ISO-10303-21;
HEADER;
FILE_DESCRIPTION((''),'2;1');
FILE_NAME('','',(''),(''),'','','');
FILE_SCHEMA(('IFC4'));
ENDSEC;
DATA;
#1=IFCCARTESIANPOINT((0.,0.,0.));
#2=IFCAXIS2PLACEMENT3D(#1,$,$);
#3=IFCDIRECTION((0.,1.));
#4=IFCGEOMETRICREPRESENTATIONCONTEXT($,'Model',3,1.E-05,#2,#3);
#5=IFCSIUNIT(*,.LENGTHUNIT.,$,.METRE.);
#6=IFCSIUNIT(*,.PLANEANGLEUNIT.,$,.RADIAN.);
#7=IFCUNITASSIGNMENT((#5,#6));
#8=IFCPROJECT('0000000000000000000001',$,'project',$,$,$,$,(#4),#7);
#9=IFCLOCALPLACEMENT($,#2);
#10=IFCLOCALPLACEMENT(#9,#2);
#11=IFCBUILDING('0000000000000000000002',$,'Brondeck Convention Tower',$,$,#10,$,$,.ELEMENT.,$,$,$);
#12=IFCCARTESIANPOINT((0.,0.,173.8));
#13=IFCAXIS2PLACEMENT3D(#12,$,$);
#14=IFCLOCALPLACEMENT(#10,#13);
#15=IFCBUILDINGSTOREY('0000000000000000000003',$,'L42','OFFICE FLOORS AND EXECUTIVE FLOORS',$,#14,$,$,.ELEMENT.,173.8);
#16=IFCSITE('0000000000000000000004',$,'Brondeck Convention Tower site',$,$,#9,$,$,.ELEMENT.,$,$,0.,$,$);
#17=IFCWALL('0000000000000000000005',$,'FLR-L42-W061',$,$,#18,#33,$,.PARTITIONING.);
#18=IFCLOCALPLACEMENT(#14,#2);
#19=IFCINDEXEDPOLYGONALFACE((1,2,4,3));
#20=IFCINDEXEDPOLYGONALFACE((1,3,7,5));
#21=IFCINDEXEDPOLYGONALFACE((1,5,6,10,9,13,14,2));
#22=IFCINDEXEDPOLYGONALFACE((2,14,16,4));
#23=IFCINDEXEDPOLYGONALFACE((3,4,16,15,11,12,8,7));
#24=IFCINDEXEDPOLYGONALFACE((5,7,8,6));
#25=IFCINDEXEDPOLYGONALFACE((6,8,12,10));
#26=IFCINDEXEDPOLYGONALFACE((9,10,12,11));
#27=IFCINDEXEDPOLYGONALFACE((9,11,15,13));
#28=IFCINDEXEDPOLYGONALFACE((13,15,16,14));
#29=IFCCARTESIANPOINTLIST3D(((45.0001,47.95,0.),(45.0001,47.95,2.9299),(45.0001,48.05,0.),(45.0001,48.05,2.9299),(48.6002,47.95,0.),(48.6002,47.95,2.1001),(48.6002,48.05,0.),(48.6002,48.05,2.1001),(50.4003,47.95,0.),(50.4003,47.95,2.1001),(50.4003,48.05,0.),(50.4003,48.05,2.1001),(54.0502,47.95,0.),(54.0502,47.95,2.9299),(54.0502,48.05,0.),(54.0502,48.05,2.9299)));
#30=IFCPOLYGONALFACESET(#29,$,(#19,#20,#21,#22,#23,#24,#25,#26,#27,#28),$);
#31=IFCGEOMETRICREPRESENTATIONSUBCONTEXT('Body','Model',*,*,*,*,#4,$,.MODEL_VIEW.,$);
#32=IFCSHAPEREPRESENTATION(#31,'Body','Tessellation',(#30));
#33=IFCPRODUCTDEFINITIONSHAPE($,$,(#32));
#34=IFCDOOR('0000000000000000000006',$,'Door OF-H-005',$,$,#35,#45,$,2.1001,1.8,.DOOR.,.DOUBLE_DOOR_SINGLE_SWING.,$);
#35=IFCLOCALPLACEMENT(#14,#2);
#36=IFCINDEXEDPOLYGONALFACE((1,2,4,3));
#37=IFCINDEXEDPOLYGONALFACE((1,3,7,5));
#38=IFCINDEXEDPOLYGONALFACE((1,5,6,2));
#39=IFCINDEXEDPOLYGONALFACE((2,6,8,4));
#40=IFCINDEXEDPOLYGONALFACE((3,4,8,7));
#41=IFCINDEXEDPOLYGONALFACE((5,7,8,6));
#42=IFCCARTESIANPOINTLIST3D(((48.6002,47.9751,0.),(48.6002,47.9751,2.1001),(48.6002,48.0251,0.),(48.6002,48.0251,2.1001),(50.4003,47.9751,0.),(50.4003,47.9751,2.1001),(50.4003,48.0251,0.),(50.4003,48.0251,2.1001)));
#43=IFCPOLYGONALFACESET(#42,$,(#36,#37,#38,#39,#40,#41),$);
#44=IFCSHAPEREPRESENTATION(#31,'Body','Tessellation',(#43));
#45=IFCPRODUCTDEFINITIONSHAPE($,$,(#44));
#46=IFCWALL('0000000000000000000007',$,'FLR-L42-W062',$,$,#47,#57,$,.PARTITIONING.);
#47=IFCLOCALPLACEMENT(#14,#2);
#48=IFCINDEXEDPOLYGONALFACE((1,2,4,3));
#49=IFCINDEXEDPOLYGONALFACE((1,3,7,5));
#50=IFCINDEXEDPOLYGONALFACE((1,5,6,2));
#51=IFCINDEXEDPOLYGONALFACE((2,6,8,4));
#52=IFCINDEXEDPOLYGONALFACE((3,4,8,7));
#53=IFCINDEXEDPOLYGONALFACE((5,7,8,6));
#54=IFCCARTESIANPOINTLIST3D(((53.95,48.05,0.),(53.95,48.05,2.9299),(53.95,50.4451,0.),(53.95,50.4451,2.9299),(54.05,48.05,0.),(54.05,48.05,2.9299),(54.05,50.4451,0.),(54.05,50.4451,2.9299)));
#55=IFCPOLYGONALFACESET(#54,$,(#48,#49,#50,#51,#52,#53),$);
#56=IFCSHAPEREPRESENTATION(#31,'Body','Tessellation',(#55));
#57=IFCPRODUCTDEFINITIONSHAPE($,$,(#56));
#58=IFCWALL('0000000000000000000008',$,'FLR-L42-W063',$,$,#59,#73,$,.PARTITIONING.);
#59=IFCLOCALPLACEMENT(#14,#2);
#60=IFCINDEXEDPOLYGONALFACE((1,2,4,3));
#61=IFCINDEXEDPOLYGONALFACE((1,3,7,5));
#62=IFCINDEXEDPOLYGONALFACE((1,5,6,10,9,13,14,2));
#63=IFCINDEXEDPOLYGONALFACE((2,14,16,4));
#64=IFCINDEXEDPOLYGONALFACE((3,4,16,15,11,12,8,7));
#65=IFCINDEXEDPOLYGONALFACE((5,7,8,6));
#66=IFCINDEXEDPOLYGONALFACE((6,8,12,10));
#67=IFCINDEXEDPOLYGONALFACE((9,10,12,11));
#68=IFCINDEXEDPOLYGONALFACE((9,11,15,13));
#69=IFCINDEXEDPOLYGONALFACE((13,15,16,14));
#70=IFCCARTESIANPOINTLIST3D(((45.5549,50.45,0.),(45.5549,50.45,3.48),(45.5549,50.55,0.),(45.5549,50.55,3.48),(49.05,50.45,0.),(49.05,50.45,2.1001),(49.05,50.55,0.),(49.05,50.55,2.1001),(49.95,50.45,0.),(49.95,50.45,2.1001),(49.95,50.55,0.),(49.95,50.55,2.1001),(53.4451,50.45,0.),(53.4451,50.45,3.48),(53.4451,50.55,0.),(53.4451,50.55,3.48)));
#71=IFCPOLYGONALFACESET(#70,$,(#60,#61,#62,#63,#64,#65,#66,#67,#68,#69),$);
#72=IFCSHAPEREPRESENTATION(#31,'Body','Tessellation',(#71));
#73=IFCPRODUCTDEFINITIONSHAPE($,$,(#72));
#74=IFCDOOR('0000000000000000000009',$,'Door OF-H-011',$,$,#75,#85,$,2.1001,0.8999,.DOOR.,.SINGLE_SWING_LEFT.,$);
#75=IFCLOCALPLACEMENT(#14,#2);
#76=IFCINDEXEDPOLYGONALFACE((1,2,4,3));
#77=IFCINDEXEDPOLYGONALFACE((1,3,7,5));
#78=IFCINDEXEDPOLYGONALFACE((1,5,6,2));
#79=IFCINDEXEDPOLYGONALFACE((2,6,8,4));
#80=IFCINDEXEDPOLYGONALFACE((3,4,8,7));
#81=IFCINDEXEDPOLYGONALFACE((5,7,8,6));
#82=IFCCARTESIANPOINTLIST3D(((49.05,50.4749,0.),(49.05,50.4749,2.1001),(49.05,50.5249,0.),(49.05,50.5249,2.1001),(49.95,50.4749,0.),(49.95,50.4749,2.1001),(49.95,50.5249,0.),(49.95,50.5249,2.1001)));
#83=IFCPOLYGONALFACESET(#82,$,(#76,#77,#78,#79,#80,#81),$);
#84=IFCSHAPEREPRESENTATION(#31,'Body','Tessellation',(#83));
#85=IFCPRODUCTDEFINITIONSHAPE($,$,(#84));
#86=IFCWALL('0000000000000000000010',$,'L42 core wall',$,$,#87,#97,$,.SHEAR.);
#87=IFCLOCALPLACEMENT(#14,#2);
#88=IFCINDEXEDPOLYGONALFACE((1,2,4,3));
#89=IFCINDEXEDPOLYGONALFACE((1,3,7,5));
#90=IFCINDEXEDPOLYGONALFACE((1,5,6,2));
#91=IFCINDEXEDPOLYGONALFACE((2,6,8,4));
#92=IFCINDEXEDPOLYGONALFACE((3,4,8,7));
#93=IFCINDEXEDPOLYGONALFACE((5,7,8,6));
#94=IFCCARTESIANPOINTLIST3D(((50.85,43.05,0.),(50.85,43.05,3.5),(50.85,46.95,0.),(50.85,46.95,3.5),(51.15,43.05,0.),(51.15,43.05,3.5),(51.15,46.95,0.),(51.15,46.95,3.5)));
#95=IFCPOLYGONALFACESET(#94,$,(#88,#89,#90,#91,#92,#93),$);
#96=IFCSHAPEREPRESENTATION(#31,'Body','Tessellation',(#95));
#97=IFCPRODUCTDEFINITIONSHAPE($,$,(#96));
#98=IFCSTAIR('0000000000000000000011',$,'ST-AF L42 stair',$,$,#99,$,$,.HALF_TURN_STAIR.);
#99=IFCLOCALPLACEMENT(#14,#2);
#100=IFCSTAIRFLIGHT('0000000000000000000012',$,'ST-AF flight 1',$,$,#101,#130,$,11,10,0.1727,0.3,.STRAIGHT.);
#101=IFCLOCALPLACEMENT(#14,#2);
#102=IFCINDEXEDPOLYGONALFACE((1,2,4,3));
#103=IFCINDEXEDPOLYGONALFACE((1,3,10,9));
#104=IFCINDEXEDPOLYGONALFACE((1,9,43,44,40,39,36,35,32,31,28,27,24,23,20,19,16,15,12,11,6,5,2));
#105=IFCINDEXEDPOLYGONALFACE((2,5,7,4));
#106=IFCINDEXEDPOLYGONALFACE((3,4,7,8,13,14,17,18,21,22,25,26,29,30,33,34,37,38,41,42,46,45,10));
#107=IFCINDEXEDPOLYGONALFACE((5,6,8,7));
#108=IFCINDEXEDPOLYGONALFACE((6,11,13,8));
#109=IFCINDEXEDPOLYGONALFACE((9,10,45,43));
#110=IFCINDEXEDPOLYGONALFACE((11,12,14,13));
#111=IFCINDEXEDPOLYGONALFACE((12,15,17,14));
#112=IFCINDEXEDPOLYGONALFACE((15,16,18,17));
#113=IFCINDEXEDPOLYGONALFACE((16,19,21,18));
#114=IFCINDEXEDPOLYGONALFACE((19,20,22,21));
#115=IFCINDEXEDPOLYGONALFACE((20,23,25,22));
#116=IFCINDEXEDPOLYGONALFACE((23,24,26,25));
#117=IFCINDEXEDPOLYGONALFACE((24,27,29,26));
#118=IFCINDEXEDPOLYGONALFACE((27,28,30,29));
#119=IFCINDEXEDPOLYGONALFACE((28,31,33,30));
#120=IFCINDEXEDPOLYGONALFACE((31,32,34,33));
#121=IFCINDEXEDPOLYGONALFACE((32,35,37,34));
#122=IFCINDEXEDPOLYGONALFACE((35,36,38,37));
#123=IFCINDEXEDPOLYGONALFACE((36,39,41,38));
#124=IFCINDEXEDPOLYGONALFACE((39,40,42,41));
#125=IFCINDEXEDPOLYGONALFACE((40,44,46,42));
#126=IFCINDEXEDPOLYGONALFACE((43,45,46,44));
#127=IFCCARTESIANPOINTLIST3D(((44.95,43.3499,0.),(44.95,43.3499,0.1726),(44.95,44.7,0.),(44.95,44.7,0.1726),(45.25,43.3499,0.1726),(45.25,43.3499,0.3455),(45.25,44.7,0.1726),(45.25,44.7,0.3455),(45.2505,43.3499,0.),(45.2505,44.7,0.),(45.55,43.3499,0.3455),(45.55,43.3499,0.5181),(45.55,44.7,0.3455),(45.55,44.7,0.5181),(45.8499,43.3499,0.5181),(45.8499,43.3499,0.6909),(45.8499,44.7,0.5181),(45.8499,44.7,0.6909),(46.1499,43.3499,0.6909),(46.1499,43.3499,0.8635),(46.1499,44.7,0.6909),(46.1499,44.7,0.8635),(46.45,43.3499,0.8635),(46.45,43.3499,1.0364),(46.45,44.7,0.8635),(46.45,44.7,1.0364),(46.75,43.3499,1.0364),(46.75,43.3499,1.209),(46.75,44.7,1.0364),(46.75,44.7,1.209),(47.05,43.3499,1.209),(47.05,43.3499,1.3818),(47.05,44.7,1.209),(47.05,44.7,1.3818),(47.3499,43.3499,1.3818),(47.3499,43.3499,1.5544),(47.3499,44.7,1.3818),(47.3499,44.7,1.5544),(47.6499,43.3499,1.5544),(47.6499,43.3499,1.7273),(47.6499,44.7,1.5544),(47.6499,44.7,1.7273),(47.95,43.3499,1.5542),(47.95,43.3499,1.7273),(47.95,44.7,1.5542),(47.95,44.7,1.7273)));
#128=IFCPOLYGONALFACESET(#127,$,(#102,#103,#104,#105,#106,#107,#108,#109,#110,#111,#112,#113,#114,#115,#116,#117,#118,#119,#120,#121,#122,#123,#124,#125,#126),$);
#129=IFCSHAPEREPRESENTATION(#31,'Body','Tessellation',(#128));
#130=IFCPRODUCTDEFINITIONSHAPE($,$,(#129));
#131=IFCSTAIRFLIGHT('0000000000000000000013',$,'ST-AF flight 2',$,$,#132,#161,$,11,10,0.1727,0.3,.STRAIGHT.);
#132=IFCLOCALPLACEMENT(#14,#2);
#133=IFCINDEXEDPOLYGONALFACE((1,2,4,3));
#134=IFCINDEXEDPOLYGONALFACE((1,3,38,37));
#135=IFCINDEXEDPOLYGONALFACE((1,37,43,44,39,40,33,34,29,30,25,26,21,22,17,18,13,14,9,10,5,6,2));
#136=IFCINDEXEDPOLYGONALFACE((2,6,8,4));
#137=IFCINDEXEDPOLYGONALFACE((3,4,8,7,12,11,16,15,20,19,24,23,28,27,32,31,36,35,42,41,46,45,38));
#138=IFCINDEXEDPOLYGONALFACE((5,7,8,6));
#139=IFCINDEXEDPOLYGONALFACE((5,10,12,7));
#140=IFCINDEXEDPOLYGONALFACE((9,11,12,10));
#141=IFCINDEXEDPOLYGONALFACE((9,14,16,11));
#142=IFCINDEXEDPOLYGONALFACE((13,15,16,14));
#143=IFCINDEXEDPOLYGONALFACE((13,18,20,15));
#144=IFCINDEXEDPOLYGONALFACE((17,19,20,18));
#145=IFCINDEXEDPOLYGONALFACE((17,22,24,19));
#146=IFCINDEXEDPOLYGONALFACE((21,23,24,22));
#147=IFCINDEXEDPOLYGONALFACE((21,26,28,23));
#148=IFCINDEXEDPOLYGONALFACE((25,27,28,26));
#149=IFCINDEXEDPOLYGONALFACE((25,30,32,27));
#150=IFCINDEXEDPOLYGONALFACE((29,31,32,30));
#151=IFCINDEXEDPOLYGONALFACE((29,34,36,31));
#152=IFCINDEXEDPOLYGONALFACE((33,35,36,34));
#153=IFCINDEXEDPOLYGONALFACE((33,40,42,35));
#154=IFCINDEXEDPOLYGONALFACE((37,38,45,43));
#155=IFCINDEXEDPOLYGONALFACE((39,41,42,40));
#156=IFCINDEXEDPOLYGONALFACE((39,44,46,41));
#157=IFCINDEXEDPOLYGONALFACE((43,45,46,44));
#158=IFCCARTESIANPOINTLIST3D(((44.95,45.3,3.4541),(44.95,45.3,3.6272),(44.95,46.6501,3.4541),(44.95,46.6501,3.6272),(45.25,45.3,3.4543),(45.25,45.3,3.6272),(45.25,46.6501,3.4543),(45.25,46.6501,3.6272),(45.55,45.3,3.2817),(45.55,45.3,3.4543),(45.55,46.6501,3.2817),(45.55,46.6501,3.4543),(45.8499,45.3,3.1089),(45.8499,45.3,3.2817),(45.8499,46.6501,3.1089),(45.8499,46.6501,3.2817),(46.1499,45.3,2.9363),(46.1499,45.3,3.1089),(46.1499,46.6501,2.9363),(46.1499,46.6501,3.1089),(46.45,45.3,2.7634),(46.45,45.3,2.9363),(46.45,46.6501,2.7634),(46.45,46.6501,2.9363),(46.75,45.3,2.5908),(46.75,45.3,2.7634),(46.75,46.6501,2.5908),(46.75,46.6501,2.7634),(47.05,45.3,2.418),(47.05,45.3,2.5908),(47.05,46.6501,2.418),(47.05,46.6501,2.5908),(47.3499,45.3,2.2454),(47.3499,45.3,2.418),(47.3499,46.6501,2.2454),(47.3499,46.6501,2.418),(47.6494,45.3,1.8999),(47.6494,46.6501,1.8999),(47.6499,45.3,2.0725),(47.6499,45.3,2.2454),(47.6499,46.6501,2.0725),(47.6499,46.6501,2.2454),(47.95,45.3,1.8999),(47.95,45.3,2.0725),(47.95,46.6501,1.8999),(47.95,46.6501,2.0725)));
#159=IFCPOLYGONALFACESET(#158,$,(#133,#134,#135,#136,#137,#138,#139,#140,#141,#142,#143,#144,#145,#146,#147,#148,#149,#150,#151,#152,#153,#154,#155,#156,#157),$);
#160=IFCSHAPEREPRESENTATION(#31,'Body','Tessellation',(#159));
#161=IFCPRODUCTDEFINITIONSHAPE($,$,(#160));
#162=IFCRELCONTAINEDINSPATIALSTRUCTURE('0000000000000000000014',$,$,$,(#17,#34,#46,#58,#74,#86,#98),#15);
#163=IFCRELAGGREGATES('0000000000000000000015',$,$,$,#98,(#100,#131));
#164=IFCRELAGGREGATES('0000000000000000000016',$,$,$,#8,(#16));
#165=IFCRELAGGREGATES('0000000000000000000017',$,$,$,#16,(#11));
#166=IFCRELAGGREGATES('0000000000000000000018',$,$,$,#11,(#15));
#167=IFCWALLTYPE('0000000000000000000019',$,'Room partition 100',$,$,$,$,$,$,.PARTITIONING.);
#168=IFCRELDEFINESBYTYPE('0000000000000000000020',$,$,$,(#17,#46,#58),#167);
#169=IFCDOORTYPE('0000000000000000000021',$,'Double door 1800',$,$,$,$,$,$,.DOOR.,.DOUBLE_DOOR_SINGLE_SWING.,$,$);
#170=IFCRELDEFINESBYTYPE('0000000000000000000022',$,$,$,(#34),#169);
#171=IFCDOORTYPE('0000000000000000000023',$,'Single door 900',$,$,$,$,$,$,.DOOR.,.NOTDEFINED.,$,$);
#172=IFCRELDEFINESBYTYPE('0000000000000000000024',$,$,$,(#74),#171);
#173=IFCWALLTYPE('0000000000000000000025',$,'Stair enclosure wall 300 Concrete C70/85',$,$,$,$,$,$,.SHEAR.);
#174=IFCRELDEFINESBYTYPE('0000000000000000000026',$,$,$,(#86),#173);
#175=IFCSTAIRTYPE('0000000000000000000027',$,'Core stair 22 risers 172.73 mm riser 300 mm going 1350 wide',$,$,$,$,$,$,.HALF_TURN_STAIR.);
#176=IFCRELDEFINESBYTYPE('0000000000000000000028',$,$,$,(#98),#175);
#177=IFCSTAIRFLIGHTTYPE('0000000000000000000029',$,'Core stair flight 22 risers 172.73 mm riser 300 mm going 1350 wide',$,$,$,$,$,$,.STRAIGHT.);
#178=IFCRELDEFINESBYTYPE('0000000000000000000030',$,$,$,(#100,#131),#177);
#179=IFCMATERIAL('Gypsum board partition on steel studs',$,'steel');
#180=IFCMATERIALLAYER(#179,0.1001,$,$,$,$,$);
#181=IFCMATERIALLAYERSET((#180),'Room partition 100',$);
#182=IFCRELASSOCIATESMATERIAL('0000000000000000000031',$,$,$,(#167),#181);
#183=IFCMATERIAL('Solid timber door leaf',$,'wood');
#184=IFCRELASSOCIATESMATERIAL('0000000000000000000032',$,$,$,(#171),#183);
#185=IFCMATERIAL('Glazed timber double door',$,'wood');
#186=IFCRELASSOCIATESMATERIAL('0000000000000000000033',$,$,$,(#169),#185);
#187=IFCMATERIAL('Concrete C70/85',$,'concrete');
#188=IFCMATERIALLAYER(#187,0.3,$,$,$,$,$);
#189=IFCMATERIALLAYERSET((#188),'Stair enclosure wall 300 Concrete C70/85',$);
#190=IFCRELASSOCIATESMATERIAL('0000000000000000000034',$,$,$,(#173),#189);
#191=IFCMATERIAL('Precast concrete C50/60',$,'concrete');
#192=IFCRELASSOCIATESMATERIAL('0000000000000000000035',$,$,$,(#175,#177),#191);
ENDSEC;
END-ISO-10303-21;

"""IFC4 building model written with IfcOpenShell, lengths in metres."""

from ifc_helpers import new_model, si_unit, direction, frame, frame_2d, origin, place, context, subcontext, project, spatial, polyline, rectangle, outline, extrude, material, layer, layer_set, type_object, element, fill, aggregate, save


model = new_model("IFC4")

# Units and contexts
model_context = context("Model", 3, precision=1e-05, world=origin(), true_north=direction((0.0, 1.0)))
body_context = subcontext(model_context, "Body", "Model", "MODEL_VIEW")
ifc_project = project(units=[si_unit("LENGTHUNIT", "METRE"), si_unit("PLANEANGLEUNIT", "RADIAN")], contexts=[model_context])

# Site, building, storey
site_placement = place(None, origin())
site = spatial("IfcSite", under=ifc_project, at=site_placement, Name="Brondeck Convention Tower site", CompositionType="ELEMENT", RefElevation=0.0)
building_placement = place(site_placement, origin())
building = spatial("IfcBuilding", under=site, at=building_placement, Name="Brondeck Convention Tower", CompositionType="ELEMENT")
storey_placement = place(building_placement, frame((0.0, 0.0, 173.8)))
storey = spatial("IfcBuildingStorey", under=building, at=storey_placement, Name="L42", Description="OFFICE FLOORS AND EXECUTIVE FLOORS", CompositionType="ELEMENT", Elevation=173.8)

# Shared definitions
ifc_material_1 = material(Name="Concrete C70/85", Category="concrete")

# Shared definitions
ifc_material_2 = material(Name="Gypsum board partition on steel studs", Category="steel")
ifc_layer_1 = layer(ifc_material_2, 0.1001)
ifc_layer_set_1 = layer_set([ifc_layer_1], Name="Room partition 100")
wall_type_1 = type_object("IfcWallType", Name="Room partition 100", PredefinedType="PARTITIONING", material=ifc_layer_set_1)

# Wall, opening, door
ifc_material_3 = material(Name="Solid timber door leaf", Category="wood")
door_type_1 = type_object("IfcDoorType", Name="Single door 900", OperationType="NOTDEFINED", PredefinedType="DOOR", material=ifc_material_3)
wall_1_placement = place(storey_placement, frame((54.05, 48.0, 0.0), z_axis=(0.0, 0.0, 1.0), x_axis=(-1.0, 0.0, 0.0)))
wall_1 = element("IfcWall", 1, at=wall_1_placement, inside=storey, type_object=wall_type_1, Name="FLR-L42-W061", PredefinedType="PARTITIONING", context=body_context, shape_type="SweptSolid", body=[
    extrude(rectangle(XDim=9.05, YDim=0.1001, at=frame_2d((4.5249, 0.0))), origin(), (0.0, 0.0, 1.0), 2.9299),
])
opening_1_placement = place(wall_1_placement, frame((3.6499, 0.0, 0.0)))
opening_1 = element("IfcOpeningElement", 2, at=opening_1_placement, cuts=wall_1, PredefinedType="OPENING", context=body_context, shape_type="SweptSolid", body=[
    extrude(rectangle(XDim=1.8, YDim=2.1001, at=frame_2d((0.8999, 1.05))), frame((0.0, 0.0601, 0.0), z_axis=(0.0, -1.0, 0.0), x_axis=(1.0, 0.0, 0.0)), (0.0, 0.0, 1.0), 0.1201),
])
ifc_material_4 = material(Name="Glazed timber double door", Category="wood")
door_type_2 = type_object("IfcDoorType", Name="Double door 1800", OperationType="DOUBLE_DOOR_SINGLE_SWING", PredefinedType="DOOR", material=ifc_material_4)
door_1_placement = place(opening_1_placement, origin())
door_1 = element("IfcDoor", 3, at=door_1_placement, inside=storey, type_object=door_type_2, Name="Door OF-H-005", OperationType="DOUBLE_DOOR_SINGLE_SWING", OverallHeight=2.1001, OverallWidth=1.8, PredefinedType="DOOR", context=body_context, shape_type="SweptSolid", body=[
    extrude(rectangle(XDim=1.8, YDim=2.1001, at=frame_2d((0.8999, 1.05))), frame((0.0, 0.0249, 0.0), z_axis=(0.0, -1.0, 0.0), x_axis=(1.0, 0.0, 0.0)), (0.0, 0.0, 1.0), 0.05),
])
fill(opening_1, door_1)

# Wall
wall_2_placement = place(storey_placement, frame((54.0, 50.4451, 0.0), z_axis=(0.0, 0.0, 1.0), x_axis=(0.0, -1.0, 0.0)))
element("IfcWall", 4, at=wall_2_placement, inside=storey, type_object=wall_type_1, Name="FLR-L42-W062", PredefinedType="PARTITIONING", context=body_context, shape_type="SweptSolid", body=[
    extrude(rectangle(XDim=2.395, YDim=0.1001, at=frame_2d((1.1975, 0.0))), origin(), (0.0, 0.0, 1.0), 2.9299),
])

# Wall, opening, door
wall_3_placement = place(storey_placement, frame((45.5549, 50.5, 0.0), z_axis=(0.0, 0.0, 1.0), x_axis=(1.0, 0.0, 0.0)))
wall_3 = element("IfcWall", 5, at=wall_3_placement, inside=storey, type_object=wall_type_1, Name="FLR-L42-W063", PredefinedType="PARTITIONING", context=body_context, shape_type="SweptSolid", body=[
    extrude(rectangle(XDim=7.8901, YDim=0.1001, at=frame_2d((3.9451, 0.0))), origin(), (0.0, 0.0, 1.0), 3.48),
])
opening_2_placement = place(wall_3_placement, frame((3.4951, 0.0, 0.0)))
opening_2 = element("IfcOpeningElement", 6, at=opening_2_placement, cuts=wall_3, PredefinedType="OPENING", context=body_context, shape_type="SweptSolid", body=[
    extrude(rectangle(XDim=0.8999, YDim=2.1001, at=frame_2d((0.45, 1.05))), frame((0.0, 0.0601, 0.0), z_axis=(0.0, -1.0, 0.0), x_axis=(1.0, 0.0, 0.0)), (0.0, 0.0, 1.0), 0.1201),
])
door_2_placement = place(opening_2_placement, origin())
door_2 = element("IfcDoor", 7, at=door_2_placement, inside=storey, type_object=door_type_1, Name="Door OF-H-011", OperationType="SINGLE_SWING_LEFT", OverallHeight=2.1001, OverallWidth=0.8999, PredefinedType="DOOR", context=body_context, shape_type="SweptSolid", body=[
    extrude(rectangle(XDim=0.8999, YDim=2.1001, at=frame_2d((0.45, 1.05))), frame((0.0, 0.0249, 0.0), z_axis=(0.0, -1.0, 0.0), x_axis=(1.0, 0.0, 0.0)), (0.0, 0.0, 1.0), 0.05),
])
fill(opening_2, door_2)

# Wall
ifc_layer_2 = layer(ifc_material_1, 0.3)
ifc_layer_set_2 = layer_set([ifc_layer_2], Name="Stair enclosure wall 300 Concrete C70/85")
wall_type_2 = type_object("IfcWallType", Name="Stair enclosure wall 300 Concrete C70/85", PredefinedType="SHEAR", material=ifc_layer_set_2)
wall_4_placement = place(storey_placement, frame((51.0, 43.05, 0.0), z_axis=(0.0, 0.0, 1.0), x_axis=(0.0, 1.0, 0.0)))
element("IfcWall", 8, at=wall_4_placement, inside=storey, type_object=wall_type_2, Name="L42 core wall", PredefinedType="SHEAR", context=body_context, shape_type="SweptSolid", body=[
    extrude(rectangle(XDim=3.8999, YDim=0.3, at=frame_2d((1.95, 0.0))), origin(), (0.0, 0.0, 1.0), 3.5),
])

# Stair, stair flights
ifc_material_5 = material(Name="Precast concrete C50/60", Category="concrete")
stair_type = type_object("IfcStairType", Name="Core stair 22 risers 172.73 mm riser 300 mm going 1350 wide", PredefinedType="HALF_TURN_STAIR", material=ifc_material_5)
stair_placement = place(storey_placement, origin())
stair = element("IfcStair", 9, at=stair_placement, inside=storey, type_object=stair_type, Name="ST-AF L42 stair", PredefinedType="HALF_TURN_STAIR")
stair_flight_type = type_object("IfcStairFlightType", Name="Core stair flight 22 risers 172.73 mm riser 300 mm going 1350 wide", PredefinedType="STRAIGHT", material=ifc_material_5)
stair_flight_1_placement = place(storey_placement, frame((44.95, 44.0249, 0.0), z_axis=(0.0, 0.0, 1.0), x_axis=(1.0, 0.0, 0.0)))
stair_flight_1 = element("IfcStairFlight", 10, at=stair_flight_1_placement, type_object=stair_flight_type, Name="ST-AF flight 1", NumberOfRisers=11, NumberOfTreads=10, PredefinedType="STRAIGHT", RiserHeight=0.1727, TreadLength=0.3, context=body_context, shape_type="SweptSolid", body=[
    extrude(outline(polyline([(0.0, 0.0), (0.0, 0.1726), (0.3, 0.1726), (0.3, 0.3455), (0.6001, 0.3455), (0.6001, 0.5181), (0.8999, 0.5181), (0.8999, 0.6909), (1.2, 0.6909), (1.2, 0.8635), (1.5, 0.8635), (1.5, 1.0364), (1.8, 1.0364), (1.8, 1.209), (2.1001, 1.209), (2.1001, 1.3818), (2.3999, 1.3818), (2.3999, 1.5544), (2.7, 1.5544), (2.7, 1.7273), (3.0, 1.7273), (3.0, 1.8999), (3.0, 1.5542), (0.3005, 0.0), (0.0, 0.0)])), frame((0.0, 0.675, 0.0), z_axis=(0.0, -1.0, 0.0), x_axis=(1.0, 0.0, 0.0)), (0.0, 0.0, 1.0), 1.3501),
])
stair_flight_2_placement = place(storey_placement, frame((47.95, 45.9751, 1.8999), z_axis=(0.0, 0.0, 1.0), x_axis=(-1.0, 0.0, 0.0)))
stair_flight_2 = element("IfcStairFlight", 11, at=stair_flight_2_placement, type_object=stair_flight_type, Name="ST-AF flight 2", NumberOfRisers=11, NumberOfTreads=10, PredefinedType="STRAIGHT", RiserHeight=0.1727, TreadLength=0.3, context=body_context, shape_type="SweptSolid", body=[
    extrude(outline(polyline([(0.0, 0.0), (0.0, 0.1726), (0.3, 0.1726), (0.3, 0.3455), (0.6001, 0.3455), (0.6001, 0.5181), (0.8999, 0.5181), (0.8999, 0.6909), (1.2, 0.6909), (1.2, 0.8635), (1.5, 0.8635), (1.5, 1.0364), (1.8, 1.0364), (1.8, 1.209), (2.1001, 1.209), (2.1001, 1.3818), (2.3999, 1.3818), (2.3999, 1.5544), (2.7, 1.5544), (2.7, 1.7273), (3.0, 1.7273), (3.0, 1.8999), (3.0, 1.5542), (0.3005, 0.0), (0.0, 0.0)])), frame((0.0, 0.675, 0.0), z_axis=(0.0, -1.0, 0.0), x_axis=(1.0, 0.0, 0.0)), (0.0, 0.0, 1.0), 1.3501),
])
aggregate(stair, [stair_flight_1, stair_flight_2])

save(model, "model.ifc")
